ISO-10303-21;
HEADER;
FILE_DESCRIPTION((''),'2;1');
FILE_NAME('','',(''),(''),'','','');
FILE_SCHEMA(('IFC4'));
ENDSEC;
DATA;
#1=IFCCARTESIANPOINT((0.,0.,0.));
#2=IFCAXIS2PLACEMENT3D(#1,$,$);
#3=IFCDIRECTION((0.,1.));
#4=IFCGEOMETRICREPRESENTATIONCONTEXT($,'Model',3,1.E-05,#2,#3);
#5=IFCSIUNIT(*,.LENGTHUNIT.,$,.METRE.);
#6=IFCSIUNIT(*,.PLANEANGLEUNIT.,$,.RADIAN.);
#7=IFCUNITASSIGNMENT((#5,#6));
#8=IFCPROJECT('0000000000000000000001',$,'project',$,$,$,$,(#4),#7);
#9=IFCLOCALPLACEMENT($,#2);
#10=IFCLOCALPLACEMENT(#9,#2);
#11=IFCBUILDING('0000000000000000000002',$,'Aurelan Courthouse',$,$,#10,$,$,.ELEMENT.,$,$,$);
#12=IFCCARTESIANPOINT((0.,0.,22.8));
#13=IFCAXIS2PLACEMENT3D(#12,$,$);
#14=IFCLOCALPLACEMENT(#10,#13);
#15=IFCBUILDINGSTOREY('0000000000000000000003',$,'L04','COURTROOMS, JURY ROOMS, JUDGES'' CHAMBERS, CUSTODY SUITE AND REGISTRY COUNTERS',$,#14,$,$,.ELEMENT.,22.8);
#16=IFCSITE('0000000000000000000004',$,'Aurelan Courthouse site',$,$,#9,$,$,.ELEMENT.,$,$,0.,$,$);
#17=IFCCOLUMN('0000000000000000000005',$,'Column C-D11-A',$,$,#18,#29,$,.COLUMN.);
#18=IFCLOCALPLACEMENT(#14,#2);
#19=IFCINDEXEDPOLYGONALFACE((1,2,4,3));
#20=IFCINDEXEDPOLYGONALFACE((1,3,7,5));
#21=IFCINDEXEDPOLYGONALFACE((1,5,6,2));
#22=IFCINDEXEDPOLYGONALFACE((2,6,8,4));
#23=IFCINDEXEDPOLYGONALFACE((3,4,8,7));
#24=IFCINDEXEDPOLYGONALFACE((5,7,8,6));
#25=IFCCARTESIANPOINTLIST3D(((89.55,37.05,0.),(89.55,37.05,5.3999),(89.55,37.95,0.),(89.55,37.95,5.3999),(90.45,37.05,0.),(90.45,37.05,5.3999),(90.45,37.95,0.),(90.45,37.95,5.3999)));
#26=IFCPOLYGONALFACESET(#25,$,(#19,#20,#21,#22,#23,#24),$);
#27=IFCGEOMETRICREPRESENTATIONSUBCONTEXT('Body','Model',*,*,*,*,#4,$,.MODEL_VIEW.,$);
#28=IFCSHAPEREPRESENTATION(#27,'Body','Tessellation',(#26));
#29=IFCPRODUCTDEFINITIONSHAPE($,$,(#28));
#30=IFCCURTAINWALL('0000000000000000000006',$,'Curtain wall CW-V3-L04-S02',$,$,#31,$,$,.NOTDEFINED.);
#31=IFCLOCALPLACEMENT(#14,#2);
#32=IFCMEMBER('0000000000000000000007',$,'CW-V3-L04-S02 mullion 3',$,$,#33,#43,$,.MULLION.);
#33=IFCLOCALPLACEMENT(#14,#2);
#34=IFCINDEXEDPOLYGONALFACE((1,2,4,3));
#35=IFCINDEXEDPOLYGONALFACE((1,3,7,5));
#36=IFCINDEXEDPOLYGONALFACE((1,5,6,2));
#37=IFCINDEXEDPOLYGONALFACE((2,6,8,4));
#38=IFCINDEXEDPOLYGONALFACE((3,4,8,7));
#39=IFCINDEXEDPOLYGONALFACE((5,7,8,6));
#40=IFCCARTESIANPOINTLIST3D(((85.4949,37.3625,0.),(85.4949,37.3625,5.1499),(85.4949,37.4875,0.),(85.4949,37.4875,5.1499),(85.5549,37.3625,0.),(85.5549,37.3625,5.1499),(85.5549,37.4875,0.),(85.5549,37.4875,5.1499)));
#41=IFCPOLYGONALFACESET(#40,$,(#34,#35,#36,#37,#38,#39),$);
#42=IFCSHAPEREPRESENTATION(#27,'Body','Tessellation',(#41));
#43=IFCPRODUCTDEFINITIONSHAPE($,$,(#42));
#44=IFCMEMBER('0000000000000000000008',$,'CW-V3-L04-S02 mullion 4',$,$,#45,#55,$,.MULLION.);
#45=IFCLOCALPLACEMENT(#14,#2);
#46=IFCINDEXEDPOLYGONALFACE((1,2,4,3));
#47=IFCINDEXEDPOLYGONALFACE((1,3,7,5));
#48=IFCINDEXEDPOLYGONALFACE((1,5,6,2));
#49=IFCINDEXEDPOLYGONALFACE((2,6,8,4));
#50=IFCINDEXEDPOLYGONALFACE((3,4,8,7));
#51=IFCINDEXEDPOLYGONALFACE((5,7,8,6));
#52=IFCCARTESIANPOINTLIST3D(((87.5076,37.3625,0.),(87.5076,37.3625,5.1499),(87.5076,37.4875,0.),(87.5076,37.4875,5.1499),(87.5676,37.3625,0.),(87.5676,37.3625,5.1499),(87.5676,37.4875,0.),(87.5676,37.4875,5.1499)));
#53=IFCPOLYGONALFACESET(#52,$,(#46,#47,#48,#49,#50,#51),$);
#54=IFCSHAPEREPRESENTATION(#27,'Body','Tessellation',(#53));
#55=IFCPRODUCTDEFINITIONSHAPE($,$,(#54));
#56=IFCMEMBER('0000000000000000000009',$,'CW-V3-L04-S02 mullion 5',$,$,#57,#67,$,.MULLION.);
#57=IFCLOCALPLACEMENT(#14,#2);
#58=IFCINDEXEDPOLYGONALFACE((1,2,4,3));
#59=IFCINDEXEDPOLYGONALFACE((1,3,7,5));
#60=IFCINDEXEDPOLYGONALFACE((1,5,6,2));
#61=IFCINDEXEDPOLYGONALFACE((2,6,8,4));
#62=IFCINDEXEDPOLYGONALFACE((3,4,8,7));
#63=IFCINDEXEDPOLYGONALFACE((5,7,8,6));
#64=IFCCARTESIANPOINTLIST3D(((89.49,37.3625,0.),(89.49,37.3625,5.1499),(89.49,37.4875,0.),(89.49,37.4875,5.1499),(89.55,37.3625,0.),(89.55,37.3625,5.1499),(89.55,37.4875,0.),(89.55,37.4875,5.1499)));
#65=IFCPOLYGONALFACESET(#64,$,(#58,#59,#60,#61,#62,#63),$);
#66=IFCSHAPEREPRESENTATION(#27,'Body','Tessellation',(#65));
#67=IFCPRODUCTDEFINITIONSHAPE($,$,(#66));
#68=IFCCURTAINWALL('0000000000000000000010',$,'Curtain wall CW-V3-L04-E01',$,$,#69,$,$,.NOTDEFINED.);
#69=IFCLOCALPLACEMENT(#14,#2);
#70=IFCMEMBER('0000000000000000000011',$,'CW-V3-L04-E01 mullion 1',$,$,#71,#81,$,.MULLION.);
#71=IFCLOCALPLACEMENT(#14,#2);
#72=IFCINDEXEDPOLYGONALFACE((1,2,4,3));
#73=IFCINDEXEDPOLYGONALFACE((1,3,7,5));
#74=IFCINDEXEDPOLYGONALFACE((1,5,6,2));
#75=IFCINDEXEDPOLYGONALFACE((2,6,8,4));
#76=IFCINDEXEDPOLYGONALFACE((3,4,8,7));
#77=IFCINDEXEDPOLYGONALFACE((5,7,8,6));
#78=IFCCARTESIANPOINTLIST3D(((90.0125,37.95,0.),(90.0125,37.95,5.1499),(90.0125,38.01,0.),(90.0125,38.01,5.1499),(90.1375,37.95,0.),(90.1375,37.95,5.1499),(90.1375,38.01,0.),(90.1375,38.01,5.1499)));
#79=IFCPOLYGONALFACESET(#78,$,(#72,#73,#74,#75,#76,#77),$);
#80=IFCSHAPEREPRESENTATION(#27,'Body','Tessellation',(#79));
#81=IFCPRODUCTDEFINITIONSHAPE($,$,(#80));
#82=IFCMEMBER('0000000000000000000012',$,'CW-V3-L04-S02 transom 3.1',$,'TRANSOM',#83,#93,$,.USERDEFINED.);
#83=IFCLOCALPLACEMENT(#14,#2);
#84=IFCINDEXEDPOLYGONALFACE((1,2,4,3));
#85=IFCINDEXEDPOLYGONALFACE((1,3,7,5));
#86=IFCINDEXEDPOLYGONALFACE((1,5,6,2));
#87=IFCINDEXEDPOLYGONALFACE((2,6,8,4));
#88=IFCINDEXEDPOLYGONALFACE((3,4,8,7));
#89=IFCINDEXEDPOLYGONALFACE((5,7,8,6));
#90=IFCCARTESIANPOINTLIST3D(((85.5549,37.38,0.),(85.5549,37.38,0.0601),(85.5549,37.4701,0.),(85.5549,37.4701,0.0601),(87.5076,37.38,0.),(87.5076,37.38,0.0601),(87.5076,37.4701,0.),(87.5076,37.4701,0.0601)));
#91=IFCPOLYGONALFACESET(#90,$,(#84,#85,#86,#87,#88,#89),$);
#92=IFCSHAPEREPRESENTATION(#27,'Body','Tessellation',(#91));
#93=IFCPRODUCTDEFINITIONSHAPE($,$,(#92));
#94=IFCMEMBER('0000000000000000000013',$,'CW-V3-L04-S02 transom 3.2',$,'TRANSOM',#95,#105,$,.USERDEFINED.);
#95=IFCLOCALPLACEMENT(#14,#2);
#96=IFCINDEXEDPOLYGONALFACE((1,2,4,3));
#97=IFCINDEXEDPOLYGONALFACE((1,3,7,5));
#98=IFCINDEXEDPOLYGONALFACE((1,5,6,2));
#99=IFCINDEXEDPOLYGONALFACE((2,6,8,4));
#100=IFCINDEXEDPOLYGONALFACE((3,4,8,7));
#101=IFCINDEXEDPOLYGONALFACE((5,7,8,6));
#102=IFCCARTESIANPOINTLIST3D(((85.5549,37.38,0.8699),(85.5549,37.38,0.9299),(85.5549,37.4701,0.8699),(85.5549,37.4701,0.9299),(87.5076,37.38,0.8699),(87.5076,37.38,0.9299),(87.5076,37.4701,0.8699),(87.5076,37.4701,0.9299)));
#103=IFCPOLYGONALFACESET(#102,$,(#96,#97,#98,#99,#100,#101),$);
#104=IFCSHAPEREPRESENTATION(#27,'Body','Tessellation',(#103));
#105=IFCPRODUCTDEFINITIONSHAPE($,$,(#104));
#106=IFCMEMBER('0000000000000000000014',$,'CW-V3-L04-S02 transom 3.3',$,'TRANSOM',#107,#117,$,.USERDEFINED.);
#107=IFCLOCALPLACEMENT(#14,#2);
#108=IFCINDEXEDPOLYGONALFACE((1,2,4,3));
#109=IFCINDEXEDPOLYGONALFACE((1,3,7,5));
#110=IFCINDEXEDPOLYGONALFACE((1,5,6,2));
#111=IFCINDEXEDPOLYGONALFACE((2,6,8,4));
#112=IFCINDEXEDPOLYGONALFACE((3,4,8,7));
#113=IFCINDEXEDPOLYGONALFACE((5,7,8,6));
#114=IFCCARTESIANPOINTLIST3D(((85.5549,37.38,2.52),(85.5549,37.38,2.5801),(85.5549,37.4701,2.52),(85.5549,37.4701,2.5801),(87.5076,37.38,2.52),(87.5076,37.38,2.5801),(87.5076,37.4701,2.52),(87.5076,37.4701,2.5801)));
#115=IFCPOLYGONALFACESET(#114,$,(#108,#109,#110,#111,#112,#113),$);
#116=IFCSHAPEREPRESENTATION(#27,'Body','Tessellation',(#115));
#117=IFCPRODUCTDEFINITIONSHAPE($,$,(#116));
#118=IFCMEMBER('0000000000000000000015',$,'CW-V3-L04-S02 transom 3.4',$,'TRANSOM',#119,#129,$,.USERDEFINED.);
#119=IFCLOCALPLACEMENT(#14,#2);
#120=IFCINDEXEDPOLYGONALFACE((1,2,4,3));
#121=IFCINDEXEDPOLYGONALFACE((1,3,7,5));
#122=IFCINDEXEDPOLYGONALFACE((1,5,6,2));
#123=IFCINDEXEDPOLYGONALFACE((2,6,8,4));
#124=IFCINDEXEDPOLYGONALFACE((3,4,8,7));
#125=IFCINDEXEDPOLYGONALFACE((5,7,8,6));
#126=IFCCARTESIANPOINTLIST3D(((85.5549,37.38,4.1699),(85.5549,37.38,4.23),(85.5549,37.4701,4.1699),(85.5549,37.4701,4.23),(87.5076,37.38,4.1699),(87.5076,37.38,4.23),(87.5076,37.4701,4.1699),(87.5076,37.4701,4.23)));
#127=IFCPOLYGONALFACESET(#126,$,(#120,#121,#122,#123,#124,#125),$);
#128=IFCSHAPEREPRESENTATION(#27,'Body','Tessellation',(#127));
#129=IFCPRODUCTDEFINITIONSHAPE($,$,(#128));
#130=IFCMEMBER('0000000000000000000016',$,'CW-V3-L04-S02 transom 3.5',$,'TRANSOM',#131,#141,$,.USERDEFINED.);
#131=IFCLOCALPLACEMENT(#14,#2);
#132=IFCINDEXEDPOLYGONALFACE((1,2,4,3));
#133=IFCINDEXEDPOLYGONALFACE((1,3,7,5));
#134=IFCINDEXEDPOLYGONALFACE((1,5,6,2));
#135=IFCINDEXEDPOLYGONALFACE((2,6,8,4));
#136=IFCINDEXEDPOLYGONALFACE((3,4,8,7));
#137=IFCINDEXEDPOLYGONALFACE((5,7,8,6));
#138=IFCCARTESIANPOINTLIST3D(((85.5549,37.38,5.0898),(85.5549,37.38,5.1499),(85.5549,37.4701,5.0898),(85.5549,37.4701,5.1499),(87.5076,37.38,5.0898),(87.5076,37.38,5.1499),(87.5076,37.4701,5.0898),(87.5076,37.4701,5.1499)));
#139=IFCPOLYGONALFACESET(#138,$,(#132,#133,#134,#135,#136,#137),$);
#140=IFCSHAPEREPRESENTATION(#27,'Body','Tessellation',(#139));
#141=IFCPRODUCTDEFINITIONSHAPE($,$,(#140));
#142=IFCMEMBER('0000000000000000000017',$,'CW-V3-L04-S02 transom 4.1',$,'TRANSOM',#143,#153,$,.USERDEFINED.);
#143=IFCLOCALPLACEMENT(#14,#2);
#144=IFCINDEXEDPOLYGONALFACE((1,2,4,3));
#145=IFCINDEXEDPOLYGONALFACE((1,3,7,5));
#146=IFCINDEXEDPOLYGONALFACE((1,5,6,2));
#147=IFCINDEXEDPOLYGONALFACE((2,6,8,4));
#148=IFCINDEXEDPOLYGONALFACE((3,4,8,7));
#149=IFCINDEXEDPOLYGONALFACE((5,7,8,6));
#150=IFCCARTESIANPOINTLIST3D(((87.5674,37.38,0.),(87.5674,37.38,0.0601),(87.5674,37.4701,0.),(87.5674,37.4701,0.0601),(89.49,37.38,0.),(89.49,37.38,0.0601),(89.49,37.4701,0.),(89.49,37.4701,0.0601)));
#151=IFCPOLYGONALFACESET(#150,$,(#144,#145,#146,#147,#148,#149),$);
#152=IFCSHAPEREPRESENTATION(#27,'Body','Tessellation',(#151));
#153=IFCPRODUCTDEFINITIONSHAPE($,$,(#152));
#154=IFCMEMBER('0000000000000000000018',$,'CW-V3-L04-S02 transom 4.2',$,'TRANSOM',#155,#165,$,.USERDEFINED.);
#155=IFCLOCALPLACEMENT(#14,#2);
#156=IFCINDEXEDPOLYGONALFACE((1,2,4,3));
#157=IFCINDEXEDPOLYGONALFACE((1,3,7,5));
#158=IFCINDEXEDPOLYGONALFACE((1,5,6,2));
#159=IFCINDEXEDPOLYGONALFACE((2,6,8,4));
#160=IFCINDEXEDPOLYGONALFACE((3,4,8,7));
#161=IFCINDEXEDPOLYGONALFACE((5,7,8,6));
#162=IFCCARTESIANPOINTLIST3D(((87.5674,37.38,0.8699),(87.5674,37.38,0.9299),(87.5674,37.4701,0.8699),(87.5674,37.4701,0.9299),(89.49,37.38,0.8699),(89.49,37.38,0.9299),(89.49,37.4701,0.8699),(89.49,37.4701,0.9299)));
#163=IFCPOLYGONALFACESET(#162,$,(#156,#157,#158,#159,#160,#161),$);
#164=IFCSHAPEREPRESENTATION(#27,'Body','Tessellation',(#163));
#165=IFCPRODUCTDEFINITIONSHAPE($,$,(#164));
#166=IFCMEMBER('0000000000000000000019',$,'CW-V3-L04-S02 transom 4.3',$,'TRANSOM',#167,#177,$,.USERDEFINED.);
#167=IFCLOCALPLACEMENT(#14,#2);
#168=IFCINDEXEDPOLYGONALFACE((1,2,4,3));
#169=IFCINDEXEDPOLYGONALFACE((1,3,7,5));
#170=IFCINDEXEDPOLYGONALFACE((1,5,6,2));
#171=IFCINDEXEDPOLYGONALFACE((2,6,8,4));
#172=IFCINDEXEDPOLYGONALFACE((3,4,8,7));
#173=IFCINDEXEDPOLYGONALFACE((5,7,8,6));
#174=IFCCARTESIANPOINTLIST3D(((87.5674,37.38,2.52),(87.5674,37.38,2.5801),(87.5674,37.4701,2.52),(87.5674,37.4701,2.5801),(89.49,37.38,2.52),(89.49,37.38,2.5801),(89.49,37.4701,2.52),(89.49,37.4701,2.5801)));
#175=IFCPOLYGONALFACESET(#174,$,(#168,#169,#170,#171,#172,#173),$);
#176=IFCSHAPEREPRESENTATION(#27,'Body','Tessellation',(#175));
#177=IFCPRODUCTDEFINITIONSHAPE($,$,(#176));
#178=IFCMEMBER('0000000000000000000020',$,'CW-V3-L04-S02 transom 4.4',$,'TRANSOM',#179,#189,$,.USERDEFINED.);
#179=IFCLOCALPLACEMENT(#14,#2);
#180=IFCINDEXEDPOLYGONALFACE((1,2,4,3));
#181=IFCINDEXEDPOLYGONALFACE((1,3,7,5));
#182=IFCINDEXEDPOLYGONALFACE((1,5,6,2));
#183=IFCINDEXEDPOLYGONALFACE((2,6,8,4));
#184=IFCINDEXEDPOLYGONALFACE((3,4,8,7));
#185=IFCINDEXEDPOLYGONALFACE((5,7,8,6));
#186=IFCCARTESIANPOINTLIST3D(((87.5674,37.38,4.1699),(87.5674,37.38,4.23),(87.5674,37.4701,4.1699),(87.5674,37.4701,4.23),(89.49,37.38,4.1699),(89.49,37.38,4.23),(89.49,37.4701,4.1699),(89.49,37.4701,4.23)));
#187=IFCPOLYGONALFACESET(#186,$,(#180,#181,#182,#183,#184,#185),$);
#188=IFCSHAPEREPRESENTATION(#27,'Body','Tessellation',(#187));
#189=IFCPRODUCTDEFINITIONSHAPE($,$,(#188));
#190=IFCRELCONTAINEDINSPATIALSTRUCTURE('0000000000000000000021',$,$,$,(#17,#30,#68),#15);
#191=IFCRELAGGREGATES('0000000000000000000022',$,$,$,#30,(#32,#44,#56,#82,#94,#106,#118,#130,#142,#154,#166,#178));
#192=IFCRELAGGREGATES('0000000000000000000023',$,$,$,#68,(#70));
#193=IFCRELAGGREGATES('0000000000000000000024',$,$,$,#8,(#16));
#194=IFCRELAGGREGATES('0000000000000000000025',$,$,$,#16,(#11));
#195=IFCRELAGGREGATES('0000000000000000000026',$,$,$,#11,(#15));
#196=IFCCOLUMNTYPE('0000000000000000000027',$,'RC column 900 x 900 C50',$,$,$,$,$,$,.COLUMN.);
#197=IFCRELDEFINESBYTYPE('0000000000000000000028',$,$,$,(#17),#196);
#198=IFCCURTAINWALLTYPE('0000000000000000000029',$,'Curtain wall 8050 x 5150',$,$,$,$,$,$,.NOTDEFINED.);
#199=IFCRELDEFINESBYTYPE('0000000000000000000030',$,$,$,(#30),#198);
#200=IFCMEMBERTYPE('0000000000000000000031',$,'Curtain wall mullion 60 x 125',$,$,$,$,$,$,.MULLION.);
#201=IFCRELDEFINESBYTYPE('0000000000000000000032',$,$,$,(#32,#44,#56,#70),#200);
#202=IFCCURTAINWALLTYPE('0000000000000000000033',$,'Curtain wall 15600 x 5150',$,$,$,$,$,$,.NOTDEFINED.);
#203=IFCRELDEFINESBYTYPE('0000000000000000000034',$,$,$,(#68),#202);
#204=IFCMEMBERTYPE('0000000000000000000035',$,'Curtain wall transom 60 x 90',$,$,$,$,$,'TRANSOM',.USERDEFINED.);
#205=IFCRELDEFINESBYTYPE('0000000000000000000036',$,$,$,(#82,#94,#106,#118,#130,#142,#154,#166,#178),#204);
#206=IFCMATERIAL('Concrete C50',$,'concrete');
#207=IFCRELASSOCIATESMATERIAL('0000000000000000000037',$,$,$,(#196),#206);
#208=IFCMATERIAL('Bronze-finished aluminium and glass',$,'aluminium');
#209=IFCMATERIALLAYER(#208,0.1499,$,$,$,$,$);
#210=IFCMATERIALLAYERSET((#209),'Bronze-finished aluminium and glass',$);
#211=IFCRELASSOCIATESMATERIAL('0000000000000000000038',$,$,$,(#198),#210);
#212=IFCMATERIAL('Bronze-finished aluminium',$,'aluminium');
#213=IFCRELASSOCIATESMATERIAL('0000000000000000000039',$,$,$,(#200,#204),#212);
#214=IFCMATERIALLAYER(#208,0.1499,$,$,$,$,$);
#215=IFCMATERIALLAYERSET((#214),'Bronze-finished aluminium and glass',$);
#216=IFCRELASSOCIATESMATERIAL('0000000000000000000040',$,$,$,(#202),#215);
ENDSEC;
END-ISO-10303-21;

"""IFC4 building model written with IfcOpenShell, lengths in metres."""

from ifc_helpers import new_model, si_unit, direction, frame, origin, origin_2d, place, context, subcontext, project, spatial, rectangle, extrude, material, layer, layer_set, material_profile, profile_set, type_object, element, aggregate, save


model = new_model("IFC4")

# Units and contexts
model_context = context("Model", 3, precision=1e-05, world=origin(), true_north=direction((0.0, 1.0)))
body_context = subcontext(model_context, "Body", "Model", "MODEL_VIEW")
ifc_project = project(units=[si_unit("LENGTHUNIT", "METRE"), si_unit("PLANEANGLEUNIT", "RADIAN")], contexts=[model_context])

# Site, building, storey
site_placement = place(None, origin())
site = spatial("IfcSite", under=ifc_project, at=site_placement, Name="Aurelan Courthouse site", CompositionType="ELEMENT", RefElevation=0.0)
building_placement = place(site_placement, origin())
building = spatial("IfcBuilding", under=site, at=building_placement, Name="Aurelan Courthouse", CompositionType="ELEMENT")
storey_placement = place(building_placement, frame((0.0, 0.0, 22.8)))
storey = spatial("IfcBuildingStorey", under=building, at=storey_placement, Name="L04", Description="COURTROOMS, JURY ROOMS, JUDGES' CHAMBERS, CUSTODY SUITE AND REGISTRY COUNTERS", CompositionType="ELEMENT", Elevation=22.8)

# Column
ifc_material_1 = material(Name="Concrete C50", Category="concrete")
ifc_material_profile_1 = material_profile(ifc_material_1, rectangle(XDim=0.8999, YDim=0.8999, at=origin_2d()), Name="RC 900 x 900")
ifc_profile_set_1 = profile_set([ifc_material_profile_1], Name="Concrete C50")
column_type = type_object("IfcColumnType", Name="RC column 900 x 900 C50", PredefinedType="COLUMN", material=ifc_profile_set_1)
column_placement = place(storey_placement, frame((90.0, 37.5, 0.0), z_axis=(0.0, 0.0, 1.0), x_axis=(1.0, 0.0, 0.0)))
element("IfcColumn", 1, at=column_placement, inside=storey, type_object=column_type, Name="Column C-D11-A", PredefinedType="COLUMN", context=body_context, shape_type="SweptSolid", body=[
    extrude(rectangle(XDim=0.8999, YDim=0.8999, at=origin_2d()), origin(), (0.0, 0.0, 1.0), 5.3999),
])

# Curtain wall, members
ifc_material_2 = material(Name="Bronze-finished aluminium and glass", Category="aluminium")
ifc_layer_1 = layer(ifc_material_2, 0.1499)
ifc_layer_set_1 = layer_set([ifc_layer_1], Name="Bronze-finished aluminium and glass")
curtain_wall_type_1 = type_object("IfcCurtainWallType", Name="Curtain wall 8050 x 5150", PredefinedType="NOTDEFINED", material=ifc_layer_set_1)
curtain_wall_1_placement = place(storey_placement, origin())
curtain_wall_1 = element("IfcCurtainWall", 2, at=curtain_wall_1_placement, inside=storey, type_object=curtain_wall_type_1, Name="Curtain wall CW-V3-L04-S02", PredefinedType="NOTDEFINED")
ifc_material_3 = material(Name="Bronze-finished aluminium", Category="aluminium")
ifc_material_profile_2 = material_profile(ifc_material_3, rectangle(XDim=0.125, YDim=0.0601, at=origin_2d()), Name="Bronze mullion 60 x 125")
ifc_profile_set_2 = profile_set([ifc_material_profile_2], Name="Bronze-finished aluminium")
member_type_1 = type_object("IfcMemberType", Name="Curtain wall mullion 60 x 125", PredefinedType="MULLION", material=ifc_profile_set_2)
member_1_placement = place(storey_placement, frame((85.5249, 37.425, 0.0), z_axis=(0.0, 0.0, 1.0), x_axis=(0.0, 1.0, 0.0)))
member_1 = element("IfcMember", 3, at=member_1_placement, type_object=member_type_1, Name="CW-V3-L04-S02 mullion 3", PredefinedType="MULLION", context=body_context, shape_type="SweptSolid", body=[
    extrude(rectangle(XDim=0.125, YDim=0.0601, at=origin_2d()), origin(), (0.0, 0.0, 1.0), 5.1499),
])
member_2_placement = place(storey_placement, frame((87.5376, 37.425, 0.0), z_axis=(0.0, 0.0, 1.0), x_axis=(0.0, 1.0, 0.0)))
member_2 = element("IfcMember", 4, at=member_2_placement, type_object=member_type_1, Name="CW-V3-L04-S02 mullion 4", PredefinedType="MULLION", context=body_context, shape_type="SweptSolid", body=[
    extrude(rectangle(XDim=0.125, YDim=0.0601, at=origin_2d()), origin(), (0.0, 0.0, 1.0), 5.1499),
])
member_3_placement = place(storey_placement, frame((89.52, 37.425, 0.0), z_axis=(0.0, 0.0, 1.0), x_axis=(0.0, 1.0, 0.0)))
member_3 = element("IfcMember", 5, at=member_3_placement, type_object=member_type_1, Name="CW-V3-L04-S02 mullion 5", PredefinedType="MULLION", context=body_context, shape_type="SweptSolid", body=[
    extrude(rectangle(XDim=0.125, YDim=0.0601, at=origin_2d()), origin(), (0.0, 0.0, 1.0), 5.1499),
])

# Curtain wall, member
ifc_layer_2 = layer(ifc_material_2, 0.1499)
ifc_layer_set_2 = layer_set([ifc_layer_2], Name="Bronze-finished aluminium and glass")
curtain_wall_type_2 = type_object("IfcCurtainWallType", Name="Curtain wall 15600 x 5150", PredefinedType="NOTDEFINED", material=ifc_layer_set_2)
curtain_wall_2_placement = place(storey_placement, origin())
curtain_wall_2 = element("IfcCurtainWall", 6, at=curtain_wall_2_placement, inside=storey, type_object=curtain_wall_type_2, Name="Curtain wall CW-V3-L04-E01", PredefinedType="NOTDEFINED")
member_4_placement = place(storey_placement, frame((90.075, 37.98, 0.0), z_axis=(0.0, 0.0, 1.0), x_axis=(-1.0, 0.0, 0.0)))
member_4 = element("IfcMember", 7, at=member_4_placement, type_object=member_type_1, Name="CW-V3-L04-E01 mullion 1", PredefinedType="MULLION", context=body_context, shape_type="SweptSolid", body=[
    extrude(rectangle(XDim=0.125, YDim=0.0601, at=origin_2d()), origin(), (0.0, 0.0, 1.0), 5.1499),
])

# Members
ifc_material_profile_3 = material_profile(ifc_material_3, rectangle(XDim=0.0901, YDim=0.0601, at=origin_2d()), Name="Bronze transom 60 x 90")
ifc_profile_set_3 = profile_set([ifc_material_profile_3], Name="Bronze-finished aluminium")
member_type_2 = type_object("IfcMemberType", Name="Curtain wall transom 60 x 90", ElementType="TRANSOM", PredefinedType="USERDEFINED", material=ifc_profile_set_3)
member_5_placement = place(storey_placement, frame((85.5549, 37.425, 0.03), z_axis=(1.0, 0.0, 0.0), x_axis=(0.0, 1.0, 0.0)))
member_5 = element("IfcMember", 8, at=member_5_placement, type_object=member_type_2, Name="CW-V3-L04-S02 transom 3.1", ObjectType="TRANSOM", PredefinedType="USERDEFINED", context=body_context, shape_type="SweptSolid", body=[
    extrude(rectangle(XDim=0.0901, YDim=0.0601, at=origin_2d()), origin(), (0.0, 0.0, 1.0), 1.9526),
])
member_6_placement = place(storey_placement, frame((85.5549, 37.425, 0.8999), z_axis=(1.0, 0.0, 0.0), x_axis=(0.0, 1.0, 0.0)))
member_6 = element("IfcMember", 9, at=member_6_placement, type_object=member_type_2, Name="CW-V3-L04-S02 transom 3.2", ObjectType="TRANSOM", PredefinedType="USERDEFINED", context=body_context, shape_type="SweptSolid", body=[
    extrude(rectangle(XDim=0.0901, YDim=0.0601, at=origin_2d()), origin(), (0.0, 0.0, 1.0), 1.9526),
])
member_7_placement = place(storey_placement, frame((85.5549, 37.425, 2.55), z_axis=(1.0, 0.0, 0.0), x_axis=(0.0, 1.0, 0.0)))
member_7 = element("IfcMember", 10, at=member_7_placement, type_object=member_type_2, Name="CW-V3-L04-S02 transom 3.3", ObjectType="TRANSOM", PredefinedType="USERDEFINED", context=body_context, shape_type="SweptSolid", body=[
    extrude(rectangle(XDim=0.0901, YDim=0.0601, at=origin_2d()), origin(), (0.0, 0.0, 1.0), 1.9526),
])
member_8_placement = place(storey_placement, frame((85.5549, 37.425, 4.2), z_axis=(1.0, 0.0, 0.0), x_axis=(0.0, 1.0, 0.0)))
member_8 = element("IfcMember", 11, at=member_8_placement, type_object=member_type_2, Name="CW-V3-L04-S02 transom 3.4", ObjectType="TRANSOM", PredefinedType="USERDEFINED", context=body_context, shape_type="SweptSolid", body=[
    extrude(rectangle(XDim=0.0901, YDim=0.0601, at=origin_2d()), origin(), (0.0, 0.0, 1.0), 1.9526),
])
member_9_placement = place(storey_placement, frame((85.5549, 37.425, 5.1199), z_axis=(1.0, 0.0, 0.0), x_axis=(0.0, 1.0, 0.0)))
member_9 = element("IfcMember", 12, at=member_9_placement, type_object=member_type_2, Name="CW-V3-L04-S02 transom 3.5", ObjectType="TRANSOM", PredefinedType="USERDEFINED", context=body_context, shape_type="SweptSolid", body=[
    extrude(rectangle(XDim=0.0901, YDim=0.0601, at=origin_2d()), origin(), (0.0, 0.0, 1.0), 1.9526),
])
member_10_placement = place(storey_placement, frame((87.5674, 37.425, 0.03), z_axis=(1.0, 0.0, 0.0), x_axis=(0.0, 1.0, 0.0)))
member_10 = element("IfcMember", 13, at=member_10_placement, type_object=member_type_2, Name="CW-V3-L04-S02 transom 4.1", ObjectType="TRANSOM", PredefinedType="USERDEFINED", context=body_context, shape_type="SweptSolid", body=[
    extrude(rectangle(XDim=0.0901, YDim=0.0601, at=origin_2d()), origin(), (0.0, 0.0, 1.0), 1.9226),
])
member_11_placement = place(storey_placement, frame((87.5674, 37.425, 0.8999), z_axis=(1.0, 0.0, 0.0), x_axis=(0.0, 1.0, 0.0)))
member_11 = element("IfcMember", 14, at=member_11_placement, type_object=member_type_2, Name="CW-V3-L04-S02 transom 4.2", ObjectType="TRANSOM", PredefinedType="USERDEFINED", context=body_context, shape_type="SweptSolid", body=[
    extrude(rectangle(XDim=0.0901, YDim=0.0601, at=origin_2d()), origin(), (0.0, 0.0, 1.0), 1.9226),
])
member_12_placement = place(storey_placement, frame((87.5674, 37.425, 2.55), z_axis=(1.0, 0.0, 0.0), x_axis=(0.0, 1.0, 0.0)))
member_12 = element("IfcMember", 15, at=member_12_placement, type_object=member_type_2, Name="CW-V3-L04-S02 transom 4.3", ObjectType="TRANSOM", PredefinedType="USERDEFINED", context=body_context, shape_type="SweptSolid", body=[
    extrude(rectangle(XDim=0.0901, YDim=0.0601, at=origin_2d()), origin(), (0.0, 0.0, 1.0), 1.9226),
])
member_13_placement = place(storey_placement, frame((87.5674, 37.425, 4.2), z_axis=(1.0, 0.0, 0.0), x_axis=(0.0, 1.0, 0.0)))
member_13 = element("IfcMember", 16, at=member_13_placement, type_object=member_type_2, Name="CW-V3-L04-S02 transom 4.4", ObjectType="TRANSOM", PredefinedType="USERDEFINED", context=body_context, shape_type="SweptSolid", body=[
    extrude(rectangle(XDim=0.0901, YDim=0.0601, at=origin_2d()), origin(), (0.0, 0.0, 1.0), 1.9226),
])

aggregate(curtain_wall_1, [member_1, member_2, member_3, member_5, member_6, member_7, member_8, member_9, member_10, member_11, member_12, member_13])
aggregate(curtain_wall_2, [member_4])

save(model, "model.ifc")
